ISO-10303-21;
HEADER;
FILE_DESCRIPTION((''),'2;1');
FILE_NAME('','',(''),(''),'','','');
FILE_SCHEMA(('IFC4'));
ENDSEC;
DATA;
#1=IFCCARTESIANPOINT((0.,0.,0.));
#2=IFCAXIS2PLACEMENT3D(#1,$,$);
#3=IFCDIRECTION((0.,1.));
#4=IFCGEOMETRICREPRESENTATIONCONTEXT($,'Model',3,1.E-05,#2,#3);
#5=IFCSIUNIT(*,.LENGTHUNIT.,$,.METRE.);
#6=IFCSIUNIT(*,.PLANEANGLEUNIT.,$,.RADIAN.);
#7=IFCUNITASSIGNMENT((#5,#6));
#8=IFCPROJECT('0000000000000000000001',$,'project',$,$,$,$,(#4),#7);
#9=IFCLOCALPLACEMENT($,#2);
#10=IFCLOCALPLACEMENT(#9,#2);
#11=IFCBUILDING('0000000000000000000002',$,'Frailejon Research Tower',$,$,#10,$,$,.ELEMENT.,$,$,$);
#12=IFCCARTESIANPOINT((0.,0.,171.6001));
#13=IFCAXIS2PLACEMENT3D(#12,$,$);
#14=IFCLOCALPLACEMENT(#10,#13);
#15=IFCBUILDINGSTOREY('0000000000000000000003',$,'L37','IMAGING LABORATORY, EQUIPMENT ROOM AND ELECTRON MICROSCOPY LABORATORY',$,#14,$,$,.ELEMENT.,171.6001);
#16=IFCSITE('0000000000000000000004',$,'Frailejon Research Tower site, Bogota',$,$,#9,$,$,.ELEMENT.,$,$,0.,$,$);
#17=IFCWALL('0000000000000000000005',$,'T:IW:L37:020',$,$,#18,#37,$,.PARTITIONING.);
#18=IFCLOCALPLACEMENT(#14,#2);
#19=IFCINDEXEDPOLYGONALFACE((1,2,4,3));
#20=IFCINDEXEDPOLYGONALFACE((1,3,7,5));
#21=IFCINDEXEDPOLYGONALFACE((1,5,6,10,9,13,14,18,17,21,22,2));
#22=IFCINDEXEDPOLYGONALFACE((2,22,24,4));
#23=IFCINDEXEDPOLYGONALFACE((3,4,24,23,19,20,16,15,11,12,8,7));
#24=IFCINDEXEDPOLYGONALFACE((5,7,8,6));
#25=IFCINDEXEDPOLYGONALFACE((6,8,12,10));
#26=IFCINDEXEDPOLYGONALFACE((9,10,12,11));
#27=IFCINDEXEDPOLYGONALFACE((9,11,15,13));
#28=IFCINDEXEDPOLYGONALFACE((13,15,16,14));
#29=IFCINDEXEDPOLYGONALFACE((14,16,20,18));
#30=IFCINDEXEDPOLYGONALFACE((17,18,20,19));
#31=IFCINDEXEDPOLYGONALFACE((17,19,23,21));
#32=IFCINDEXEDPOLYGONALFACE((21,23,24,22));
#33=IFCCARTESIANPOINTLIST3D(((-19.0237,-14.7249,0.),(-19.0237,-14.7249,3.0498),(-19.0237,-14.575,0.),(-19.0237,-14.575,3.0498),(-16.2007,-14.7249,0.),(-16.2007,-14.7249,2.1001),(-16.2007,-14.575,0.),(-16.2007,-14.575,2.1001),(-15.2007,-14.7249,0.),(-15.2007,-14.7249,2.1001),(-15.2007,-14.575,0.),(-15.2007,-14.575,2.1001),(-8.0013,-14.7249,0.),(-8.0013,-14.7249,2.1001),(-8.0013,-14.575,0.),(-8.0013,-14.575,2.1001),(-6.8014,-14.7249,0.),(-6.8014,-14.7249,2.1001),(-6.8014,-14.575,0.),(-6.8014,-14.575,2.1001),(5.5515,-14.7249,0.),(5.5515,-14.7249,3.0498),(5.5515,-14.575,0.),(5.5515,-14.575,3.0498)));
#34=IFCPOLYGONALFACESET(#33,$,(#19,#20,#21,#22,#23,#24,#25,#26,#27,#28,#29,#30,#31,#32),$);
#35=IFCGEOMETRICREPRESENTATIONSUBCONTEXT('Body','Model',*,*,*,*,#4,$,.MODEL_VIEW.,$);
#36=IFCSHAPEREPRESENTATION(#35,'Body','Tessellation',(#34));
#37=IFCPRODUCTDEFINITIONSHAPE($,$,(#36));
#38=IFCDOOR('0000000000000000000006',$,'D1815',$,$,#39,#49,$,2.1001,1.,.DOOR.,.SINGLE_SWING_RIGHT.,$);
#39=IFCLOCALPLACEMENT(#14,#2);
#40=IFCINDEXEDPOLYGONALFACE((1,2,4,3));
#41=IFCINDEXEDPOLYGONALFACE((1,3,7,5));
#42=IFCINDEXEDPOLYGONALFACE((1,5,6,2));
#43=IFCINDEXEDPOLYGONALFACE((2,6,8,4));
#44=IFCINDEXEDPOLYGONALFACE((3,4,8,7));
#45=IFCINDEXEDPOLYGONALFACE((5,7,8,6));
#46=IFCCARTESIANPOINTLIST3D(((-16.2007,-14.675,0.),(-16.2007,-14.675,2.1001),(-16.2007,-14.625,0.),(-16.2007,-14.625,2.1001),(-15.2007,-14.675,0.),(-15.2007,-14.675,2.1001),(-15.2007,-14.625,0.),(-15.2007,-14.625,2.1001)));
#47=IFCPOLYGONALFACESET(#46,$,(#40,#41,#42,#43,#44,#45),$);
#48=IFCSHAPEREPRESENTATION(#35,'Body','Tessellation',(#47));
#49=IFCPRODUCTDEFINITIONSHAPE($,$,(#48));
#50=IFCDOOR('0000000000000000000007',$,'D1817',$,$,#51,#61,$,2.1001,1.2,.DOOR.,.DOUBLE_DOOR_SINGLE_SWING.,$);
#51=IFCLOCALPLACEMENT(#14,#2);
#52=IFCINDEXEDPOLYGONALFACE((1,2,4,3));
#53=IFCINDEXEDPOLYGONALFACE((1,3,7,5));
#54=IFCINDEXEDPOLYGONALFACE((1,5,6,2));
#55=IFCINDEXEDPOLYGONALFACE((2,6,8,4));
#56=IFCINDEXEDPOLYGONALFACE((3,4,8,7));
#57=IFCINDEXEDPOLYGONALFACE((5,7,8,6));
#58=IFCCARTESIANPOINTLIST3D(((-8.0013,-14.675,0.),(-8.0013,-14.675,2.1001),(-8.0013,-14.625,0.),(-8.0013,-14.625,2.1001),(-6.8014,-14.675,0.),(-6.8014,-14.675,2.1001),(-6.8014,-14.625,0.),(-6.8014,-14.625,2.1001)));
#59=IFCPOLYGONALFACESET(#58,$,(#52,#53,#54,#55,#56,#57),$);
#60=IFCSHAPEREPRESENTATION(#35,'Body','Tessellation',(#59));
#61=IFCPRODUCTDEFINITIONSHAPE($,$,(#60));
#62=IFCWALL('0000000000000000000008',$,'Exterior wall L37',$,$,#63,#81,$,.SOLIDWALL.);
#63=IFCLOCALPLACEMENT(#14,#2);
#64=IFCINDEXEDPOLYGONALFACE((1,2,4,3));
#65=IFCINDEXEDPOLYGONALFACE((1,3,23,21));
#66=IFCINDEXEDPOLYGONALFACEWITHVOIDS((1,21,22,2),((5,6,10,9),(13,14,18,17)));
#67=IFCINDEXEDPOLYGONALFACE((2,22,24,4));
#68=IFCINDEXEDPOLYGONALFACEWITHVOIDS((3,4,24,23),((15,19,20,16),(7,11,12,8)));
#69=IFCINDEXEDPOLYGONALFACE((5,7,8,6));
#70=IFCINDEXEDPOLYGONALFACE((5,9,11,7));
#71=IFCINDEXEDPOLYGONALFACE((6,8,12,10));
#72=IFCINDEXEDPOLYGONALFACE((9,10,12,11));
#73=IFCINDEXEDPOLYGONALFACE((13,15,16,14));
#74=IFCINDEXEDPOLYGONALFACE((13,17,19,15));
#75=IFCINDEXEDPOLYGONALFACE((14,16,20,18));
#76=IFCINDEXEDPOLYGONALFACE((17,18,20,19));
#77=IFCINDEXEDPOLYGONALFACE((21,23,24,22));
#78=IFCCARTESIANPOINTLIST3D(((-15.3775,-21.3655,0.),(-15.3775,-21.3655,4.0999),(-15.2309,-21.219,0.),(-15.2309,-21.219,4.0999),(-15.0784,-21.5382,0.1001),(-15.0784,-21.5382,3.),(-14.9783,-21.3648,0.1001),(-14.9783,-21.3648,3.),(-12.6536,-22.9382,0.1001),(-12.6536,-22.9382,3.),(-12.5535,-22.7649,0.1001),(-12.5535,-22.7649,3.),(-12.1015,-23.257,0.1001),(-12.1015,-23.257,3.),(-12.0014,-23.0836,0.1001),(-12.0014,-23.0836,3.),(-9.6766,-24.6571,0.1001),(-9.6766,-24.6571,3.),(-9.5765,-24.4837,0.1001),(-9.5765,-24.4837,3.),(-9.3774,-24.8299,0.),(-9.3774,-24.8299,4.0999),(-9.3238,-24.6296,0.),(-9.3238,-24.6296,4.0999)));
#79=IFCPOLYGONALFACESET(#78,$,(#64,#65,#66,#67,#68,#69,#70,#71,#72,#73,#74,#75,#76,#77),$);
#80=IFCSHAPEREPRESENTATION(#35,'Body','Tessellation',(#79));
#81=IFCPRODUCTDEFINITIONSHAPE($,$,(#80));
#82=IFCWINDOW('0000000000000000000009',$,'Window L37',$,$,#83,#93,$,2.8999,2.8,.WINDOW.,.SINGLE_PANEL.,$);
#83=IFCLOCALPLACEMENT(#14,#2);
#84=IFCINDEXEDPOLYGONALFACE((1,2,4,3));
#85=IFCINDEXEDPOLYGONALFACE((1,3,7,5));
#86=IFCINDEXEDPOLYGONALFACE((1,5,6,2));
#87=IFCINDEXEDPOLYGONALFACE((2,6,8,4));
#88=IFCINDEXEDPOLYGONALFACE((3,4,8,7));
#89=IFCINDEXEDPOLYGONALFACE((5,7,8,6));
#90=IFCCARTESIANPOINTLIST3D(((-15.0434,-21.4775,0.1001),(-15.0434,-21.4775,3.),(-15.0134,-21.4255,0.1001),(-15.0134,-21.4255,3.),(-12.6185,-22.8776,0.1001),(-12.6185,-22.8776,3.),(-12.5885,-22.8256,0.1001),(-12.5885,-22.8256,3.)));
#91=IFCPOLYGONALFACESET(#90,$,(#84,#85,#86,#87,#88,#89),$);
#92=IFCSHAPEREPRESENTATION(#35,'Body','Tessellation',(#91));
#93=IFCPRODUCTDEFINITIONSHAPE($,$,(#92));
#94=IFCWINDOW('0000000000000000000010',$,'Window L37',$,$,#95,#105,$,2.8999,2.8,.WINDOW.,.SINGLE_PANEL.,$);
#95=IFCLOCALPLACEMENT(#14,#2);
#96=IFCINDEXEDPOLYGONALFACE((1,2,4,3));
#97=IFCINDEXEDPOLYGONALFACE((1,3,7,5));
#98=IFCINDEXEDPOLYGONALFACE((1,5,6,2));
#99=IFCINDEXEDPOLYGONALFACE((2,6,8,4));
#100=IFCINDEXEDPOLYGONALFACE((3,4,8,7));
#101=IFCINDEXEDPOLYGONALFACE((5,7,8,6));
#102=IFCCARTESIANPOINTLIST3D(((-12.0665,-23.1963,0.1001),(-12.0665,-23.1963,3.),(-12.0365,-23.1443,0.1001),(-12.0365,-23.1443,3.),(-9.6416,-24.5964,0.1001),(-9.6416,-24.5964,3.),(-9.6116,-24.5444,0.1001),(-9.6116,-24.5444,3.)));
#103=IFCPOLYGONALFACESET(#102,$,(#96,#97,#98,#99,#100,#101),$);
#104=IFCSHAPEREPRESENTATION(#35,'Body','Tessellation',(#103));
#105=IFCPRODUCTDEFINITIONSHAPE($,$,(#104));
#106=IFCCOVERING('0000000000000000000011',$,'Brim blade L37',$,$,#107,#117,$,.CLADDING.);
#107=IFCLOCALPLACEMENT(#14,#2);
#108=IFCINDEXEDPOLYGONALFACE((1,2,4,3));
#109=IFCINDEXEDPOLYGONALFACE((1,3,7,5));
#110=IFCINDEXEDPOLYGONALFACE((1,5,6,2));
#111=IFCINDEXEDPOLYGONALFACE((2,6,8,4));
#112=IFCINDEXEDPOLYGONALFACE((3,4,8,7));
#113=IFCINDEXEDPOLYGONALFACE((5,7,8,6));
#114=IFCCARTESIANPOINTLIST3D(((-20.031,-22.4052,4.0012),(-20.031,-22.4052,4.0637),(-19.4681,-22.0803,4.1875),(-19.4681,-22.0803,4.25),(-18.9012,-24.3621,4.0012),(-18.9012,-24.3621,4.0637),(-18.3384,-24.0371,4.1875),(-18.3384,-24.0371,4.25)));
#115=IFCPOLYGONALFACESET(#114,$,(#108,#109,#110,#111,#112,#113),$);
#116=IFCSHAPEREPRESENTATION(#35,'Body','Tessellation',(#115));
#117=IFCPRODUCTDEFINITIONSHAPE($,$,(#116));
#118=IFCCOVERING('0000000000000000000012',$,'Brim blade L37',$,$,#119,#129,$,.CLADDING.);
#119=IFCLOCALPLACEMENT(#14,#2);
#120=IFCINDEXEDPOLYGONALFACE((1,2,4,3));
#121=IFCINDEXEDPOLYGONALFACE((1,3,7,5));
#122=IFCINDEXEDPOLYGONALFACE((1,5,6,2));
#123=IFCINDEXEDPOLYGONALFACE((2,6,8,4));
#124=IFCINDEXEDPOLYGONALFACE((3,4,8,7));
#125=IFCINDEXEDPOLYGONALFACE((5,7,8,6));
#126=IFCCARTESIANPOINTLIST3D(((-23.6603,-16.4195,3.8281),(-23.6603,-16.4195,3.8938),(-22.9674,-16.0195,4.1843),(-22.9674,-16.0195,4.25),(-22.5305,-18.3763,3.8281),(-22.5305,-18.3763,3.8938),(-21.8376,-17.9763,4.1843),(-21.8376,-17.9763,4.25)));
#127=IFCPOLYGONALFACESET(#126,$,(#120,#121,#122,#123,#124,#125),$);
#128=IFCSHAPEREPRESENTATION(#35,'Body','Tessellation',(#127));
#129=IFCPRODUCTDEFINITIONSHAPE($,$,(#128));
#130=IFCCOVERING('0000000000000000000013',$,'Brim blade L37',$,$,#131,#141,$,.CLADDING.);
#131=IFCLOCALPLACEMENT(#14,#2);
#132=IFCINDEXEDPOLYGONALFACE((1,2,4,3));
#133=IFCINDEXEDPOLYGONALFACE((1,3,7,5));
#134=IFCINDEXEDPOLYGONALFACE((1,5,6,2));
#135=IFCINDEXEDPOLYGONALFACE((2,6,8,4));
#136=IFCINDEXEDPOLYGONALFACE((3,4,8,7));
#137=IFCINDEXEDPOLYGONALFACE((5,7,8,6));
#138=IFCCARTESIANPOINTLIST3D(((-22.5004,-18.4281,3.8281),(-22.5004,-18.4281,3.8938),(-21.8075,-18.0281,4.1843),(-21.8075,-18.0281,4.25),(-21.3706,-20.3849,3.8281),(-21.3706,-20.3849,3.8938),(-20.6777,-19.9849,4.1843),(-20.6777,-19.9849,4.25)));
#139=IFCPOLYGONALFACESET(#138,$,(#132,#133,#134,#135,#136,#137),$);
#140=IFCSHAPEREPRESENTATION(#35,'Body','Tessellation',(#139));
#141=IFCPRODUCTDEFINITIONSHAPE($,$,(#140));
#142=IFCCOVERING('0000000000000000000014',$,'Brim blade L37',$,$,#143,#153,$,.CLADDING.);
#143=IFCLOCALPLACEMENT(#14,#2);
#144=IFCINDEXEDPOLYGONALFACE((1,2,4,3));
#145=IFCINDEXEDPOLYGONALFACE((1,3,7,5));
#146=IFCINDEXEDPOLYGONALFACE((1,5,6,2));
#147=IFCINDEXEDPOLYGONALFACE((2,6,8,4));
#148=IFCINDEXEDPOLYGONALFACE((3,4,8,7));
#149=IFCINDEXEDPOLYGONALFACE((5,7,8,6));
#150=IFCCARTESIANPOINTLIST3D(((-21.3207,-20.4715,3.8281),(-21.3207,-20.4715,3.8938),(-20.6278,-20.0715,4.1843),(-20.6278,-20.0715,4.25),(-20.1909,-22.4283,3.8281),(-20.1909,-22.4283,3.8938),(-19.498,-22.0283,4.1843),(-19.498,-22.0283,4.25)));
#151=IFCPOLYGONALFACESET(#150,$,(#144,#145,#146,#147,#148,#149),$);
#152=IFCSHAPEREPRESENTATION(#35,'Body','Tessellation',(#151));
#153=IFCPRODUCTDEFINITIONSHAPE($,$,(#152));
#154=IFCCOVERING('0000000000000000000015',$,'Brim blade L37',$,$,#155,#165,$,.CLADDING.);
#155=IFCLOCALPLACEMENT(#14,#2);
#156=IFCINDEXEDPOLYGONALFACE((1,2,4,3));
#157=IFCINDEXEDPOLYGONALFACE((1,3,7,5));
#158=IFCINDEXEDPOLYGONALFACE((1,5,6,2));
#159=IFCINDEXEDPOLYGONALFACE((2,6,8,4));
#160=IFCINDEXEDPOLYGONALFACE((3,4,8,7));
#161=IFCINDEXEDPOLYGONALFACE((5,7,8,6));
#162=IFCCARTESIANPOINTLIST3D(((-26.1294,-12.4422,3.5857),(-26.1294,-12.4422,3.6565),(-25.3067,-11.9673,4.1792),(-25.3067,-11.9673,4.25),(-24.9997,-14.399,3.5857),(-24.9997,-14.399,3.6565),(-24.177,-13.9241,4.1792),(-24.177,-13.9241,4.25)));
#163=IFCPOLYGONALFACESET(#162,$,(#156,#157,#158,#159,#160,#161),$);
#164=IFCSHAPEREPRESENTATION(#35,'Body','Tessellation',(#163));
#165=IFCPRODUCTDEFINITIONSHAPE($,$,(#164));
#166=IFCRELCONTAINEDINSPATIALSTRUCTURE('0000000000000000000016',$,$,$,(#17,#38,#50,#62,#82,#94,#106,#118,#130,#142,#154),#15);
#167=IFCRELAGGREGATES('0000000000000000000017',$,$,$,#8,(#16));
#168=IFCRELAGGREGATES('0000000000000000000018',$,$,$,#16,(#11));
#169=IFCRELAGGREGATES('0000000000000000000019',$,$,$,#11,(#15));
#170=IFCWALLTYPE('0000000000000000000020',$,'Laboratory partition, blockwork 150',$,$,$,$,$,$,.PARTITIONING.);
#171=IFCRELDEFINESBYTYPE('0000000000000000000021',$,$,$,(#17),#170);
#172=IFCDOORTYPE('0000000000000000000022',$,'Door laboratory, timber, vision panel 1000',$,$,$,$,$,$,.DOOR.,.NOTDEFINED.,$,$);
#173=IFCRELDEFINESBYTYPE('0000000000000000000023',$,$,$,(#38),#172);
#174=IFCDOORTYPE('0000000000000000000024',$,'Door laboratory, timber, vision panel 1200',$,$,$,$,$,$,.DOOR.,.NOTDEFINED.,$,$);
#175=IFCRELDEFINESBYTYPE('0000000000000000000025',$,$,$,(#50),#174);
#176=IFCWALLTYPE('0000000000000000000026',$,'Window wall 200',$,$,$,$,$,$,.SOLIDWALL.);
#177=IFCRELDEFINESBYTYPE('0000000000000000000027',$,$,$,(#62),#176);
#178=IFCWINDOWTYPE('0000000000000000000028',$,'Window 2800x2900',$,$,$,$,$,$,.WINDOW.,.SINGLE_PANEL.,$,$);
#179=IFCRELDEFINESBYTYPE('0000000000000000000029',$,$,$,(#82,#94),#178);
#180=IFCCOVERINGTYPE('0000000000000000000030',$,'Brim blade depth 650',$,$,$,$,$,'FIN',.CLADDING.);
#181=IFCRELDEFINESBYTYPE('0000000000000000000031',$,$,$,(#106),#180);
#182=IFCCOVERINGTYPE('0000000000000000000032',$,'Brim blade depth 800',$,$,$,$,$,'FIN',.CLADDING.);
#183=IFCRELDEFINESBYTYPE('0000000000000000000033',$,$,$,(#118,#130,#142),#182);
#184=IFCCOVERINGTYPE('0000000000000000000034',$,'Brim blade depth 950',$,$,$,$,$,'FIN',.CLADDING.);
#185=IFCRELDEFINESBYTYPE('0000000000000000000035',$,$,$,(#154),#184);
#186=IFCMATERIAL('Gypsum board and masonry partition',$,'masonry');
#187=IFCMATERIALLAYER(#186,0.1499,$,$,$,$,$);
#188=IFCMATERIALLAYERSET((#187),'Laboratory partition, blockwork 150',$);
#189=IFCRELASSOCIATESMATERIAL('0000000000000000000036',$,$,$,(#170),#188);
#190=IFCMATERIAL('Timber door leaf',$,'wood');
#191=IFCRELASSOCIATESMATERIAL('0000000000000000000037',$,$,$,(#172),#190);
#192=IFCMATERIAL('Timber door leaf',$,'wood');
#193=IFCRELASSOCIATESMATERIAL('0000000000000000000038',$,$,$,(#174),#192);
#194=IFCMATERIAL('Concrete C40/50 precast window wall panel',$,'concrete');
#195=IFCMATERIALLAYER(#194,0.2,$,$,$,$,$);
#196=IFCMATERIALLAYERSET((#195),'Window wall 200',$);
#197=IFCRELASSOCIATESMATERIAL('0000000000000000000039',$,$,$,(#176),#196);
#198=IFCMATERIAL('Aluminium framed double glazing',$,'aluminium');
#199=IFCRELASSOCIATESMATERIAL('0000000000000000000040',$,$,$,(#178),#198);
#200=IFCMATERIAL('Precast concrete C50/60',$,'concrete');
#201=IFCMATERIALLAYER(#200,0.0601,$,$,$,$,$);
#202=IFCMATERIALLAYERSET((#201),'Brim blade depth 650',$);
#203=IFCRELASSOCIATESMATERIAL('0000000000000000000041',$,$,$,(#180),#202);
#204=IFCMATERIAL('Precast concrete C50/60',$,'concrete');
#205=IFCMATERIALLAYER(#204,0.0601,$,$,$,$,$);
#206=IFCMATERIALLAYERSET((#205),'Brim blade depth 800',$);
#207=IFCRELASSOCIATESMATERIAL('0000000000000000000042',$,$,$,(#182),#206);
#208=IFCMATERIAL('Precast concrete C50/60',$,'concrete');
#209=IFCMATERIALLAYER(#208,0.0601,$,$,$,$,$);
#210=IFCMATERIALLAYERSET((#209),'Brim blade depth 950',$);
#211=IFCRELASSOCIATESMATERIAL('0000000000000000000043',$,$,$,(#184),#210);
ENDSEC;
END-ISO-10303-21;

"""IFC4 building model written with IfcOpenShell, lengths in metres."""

from ifc_helpers import new_model, si_unit, direction, frame, frame_2d, origin, place, context, subcontext, project, spatial, polyline, rectangle, outline, extrude, material, layer, layer_set, type_object, element, fill, save


model = new_model("IFC4")

# Units and contexts
model_context = context("Model", 3, precision=1e-05, world=origin(), true_north=direction((0.0, 1.0)))
body_context = subcontext(model_context, "Body", "Model", "MODEL_VIEW")
ifc_project = project(units=[si_unit("LENGTHUNIT", "METRE"), si_unit("PLANEANGLEUNIT", "RADIAN")], contexts=[model_context])

# Site, building, storey
site_placement = place(None, origin())
site = spatial("IfcSite", under=ifc_project, at=site_placement, Name="Frailejon Research Tower site, Bogota", CompositionType="ELEMENT", RefElevation=0.0)
building_placement = place(site_placement, origin())
building = spatial("IfcBuilding", under=site, at=building_placement, Name="Frailejon Research Tower", CompositionType="ELEMENT")
storey_placement = place(building_placement, frame((0.0, 0.0, 171.6001)))
storey = spatial("IfcBuildingStorey", under=building, at=storey_placement, Name="L37", Description="IMAGING LABORATORY, EQUIPMENT ROOM AND ELECTRON MICROSCOPY LABORATORY", CompositionType="ELEMENT", Elevation=171.6001)

# Shared definitions
ifc_material_1 = material(Name="Gypsum board and masonry partition", Category="masonry")
ifc_layer_1 = layer(ifc_material_1, 0.1499)
ifc_layer_set_1 = layer_set([ifc_layer_1], Name="Laboratory partition, blockwork 150")
wall_type_1 = type_object("IfcWallType", Name="Laboratory partition, blockwork 150", PredefinedType="PARTITIONING", material=ifc_layer_set_1)

# Wall, openings, doors
wall_1_placement = place(storey_placement, frame((-19.0237, -14.6499, 0.0), z_axis=(0.0, 0.0, 1.0), x_axis=(1.0, 0.0, 0.0)))
wall_1 = element("IfcWall", 1, at=wall_1_placement, inside=storey, type_object=wall_type_1, Name="T:IW:L37:020", PredefinedType="PARTITIONING", context=body_context, shape_type="SweptSolid", body=[
    extrude(rectangle(XDim=24.5752, YDim=0.1499, at=frame_2d((12.2876, 0.0))), origin(), (0.0, 0.0, 1.0), 3.0498),
])
opening_1_placement = place(wall_1_placement, frame((2.823, 0.0, 0.0)))
opening_1 = element("IfcOpeningElement", 2, at=opening_1_placement, cuts=wall_1, PredefinedType="OPENING", context=body_context, shape_type="SweptSolid", body=[
    extrude(rectangle(XDim=1.0, YDim=2.1001, at=frame_2d((0.5, 1.05))), frame((0.0, 0.085, 0.0), z_axis=(0.0, -1.0, 0.0), x_axis=(1.0, 0.0, 0.0)), (0.0, 0.0, 1.0), 0.1699),
])
opening_2_placement = place(wall_1_placement, frame((11.0222, 0.0, 0.0)))
opening_2 = element("IfcOpeningElement", 3, at=opening_2_placement, cuts=wall_1, PredefinedType="OPENING", context=body_context, shape_type="SweptSolid", body=[
    extrude(rectangle(XDim=1.2, YDim=2.1001, at=frame_2d((0.6001, 1.05))), frame((0.0, 0.085, 0.0), z_axis=(0.0, -1.0, 0.0), x_axis=(1.0, 0.0, 0.0)), (0.0, 0.0, 1.0), 0.1699),
])
ifc_material_2 = material(Name="Timber door leaf", Category="wood")
door_type_1 = type_object("IfcDoorType", Name="Door laboratory, timber, vision panel 1000", OperationType="NOTDEFINED", PredefinedType="DOOR", material=ifc_material_2)
door_1_placement = place(opening_1_placement, origin())
door_1 = element("IfcDoor", 4, at=door_1_placement, inside=storey, type_object=door_type_1, Name="D1815", OperationType="SINGLE_SWING_RIGHT", OverallHeight=2.1001, OverallWidth=1.0, PredefinedType="DOOR", context=body_context, shape_type="SweptSolid", body=[
    extrude(rectangle(XDim=1.0, YDim=2.1001, at=frame_2d((0.5, 1.05))), frame((0.0, 0.0249, 0.0), z_axis=(0.0, -1.0, 0.0), x_axis=(1.0, 0.0, 0.0)), (0.0, 0.0, 1.0), 0.05),
])
fill(opening_1, door_1)
ifc_material_3 = material(Name="Timber door leaf", Category="wood")
door_type_2 = type_object("IfcDoorType", Name="Door laboratory, timber, vision panel 1200", OperationType="NOTDEFINED", PredefinedType="DOOR", material=ifc_material_3)
door_2_placement = place(opening_2_placement, origin())
door_2 = element("IfcDoor", 5, at=door_2_placement, inside=storey, type_object=door_type_2, Name="D1817", OperationType="DOUBLE_DOOR_SINGLE_SWING", OverallHeight=2.1001, OverallWidth=1.2, PredefinedType="DOOR", context=body_context, shape_type="SweptSolid", body=[
    extrude(rectangle(XDim=1.2, YDim=2.1001, at=frame_2d((0.6001, 1.05))), frame((0.0, 0.0249, 0.0), z_axis=(0.0, -1.0, 0.0), x_axis=(1.0, 0.0, 0.0)), (0.0, 0.0, 1.0), 0.05),
])
fill(opening_2, door_2)

# Wall, openings, windows
ifc_material_4 = material(Name="Concrete C40/50 precast window wall panel", Category="concrete")
ifc_layer_2 = layer(ifc_material_4, 0.2)
ifc_layer_set_2 = layer_set([ifc_layer_2], Name="Window wall 200")
wall_type_2 = type_object("IfcWallType", Name="Window wall 200", PredefinedType="SOLIDWALL", material=ifc_layer_set_2)
wall_2_placement = place(storey_placement, frame((-15.3042, -21.2922, 0.0), z_axis=(0.0, 0.0, 1.0), x_axis=(0.866014, -0.50002, 0.0)))
wall_2 = element("IfcWall", 6, at=wall_2_placement, inside=storey, type_object=wall_type_2, Name="Exterior wall L37", PredefinedType="SOLIDWALL", context=body_context, shape_type="SweptSolid", body=[
    extrude(outline(polyline([(-0.0269, -0.1001), (1.1279, -0.1001), (2.2827, -0.1001), (3.4375, -0.1001), (4.592, -0.1001), (5.7468, -0.1001), (6.9016, -0.1001), (6.8479, 0.1001), (5.7109, 0.1001), (4.5742, 0.1001), (3.4375, 0.1001), (2.3005, 0.1001), (1.1636, 0.1001), (0.0269, 0.1001), (-0.0269, -0.1001)])), origin(), (0.0, 0.0, 1.0), 4.0999),
])
opening_3_placement = place(wall_2_placement, frame((0.3186, 0.0, 0.1001)))
opening_3 = element("IfcOpeningElement", 7, at=opening_3_placement, cuts=wall_2, PredefinedType="OPENING", context=body_context, shape_type="SweptSolid", body=[
    extrude(rectangle(XDim=2.8, YDim=2.8999, at=frame_2d((1.3999, 1.45))), frame((0.0, 0.1099, 0.0), z_axis=(0.0, -1.0, 0.0), x_axis=(1.0, 0.0, 0.0)), (0.0, 0.0, 1.0), 0.22),
])
opening_4_placement = place(wall_2_placement, frame((3.7561, 0.0, 0.1001)))
opening_4 = element("IfcOpeningElement", 8, at=opening_4_placement, cuts=wall_2, PredefinedType="OPENING", context=body_context, shape_type="SweptSolid", body=[
    extrude(rectangle(XDim=2.8, YDim=2.8999, at=frame_2d((1.3999, 1.45))), frame((0.0, 0.1099, 0.0), z_axis=(0.0, -1.0, 0.0), x_axis=(1.0, 0.0, 0.0)), (0.0, 0.0, 1.0), 0.22),
])
ifc_material_5 = material(Name="Aluminium framed double glazing", Category="aluminium")
window_type = type_object("IfcWindowType", Name="Window 2800x2900", PartitioningType="SINGLE_PANEL", PredefinedType="WINDOW", material=ifc_material_5)
window_1_placement = place(opening_3_placement, origin())
window_1 = element("IfcWindow", 9, at=window_1_placement, inside=storey, type_object=window_type, Name="Window L37", OverallHeight=2.8999, OverallWidth=2.8, PartitioningType="SINGLE_PANEL", PredefinedType="WINDOW", context=body_context, shape_type="SweptSolid", body=[
    extrude(rectangle(XDim=2.8, YDim=2.8999, at=frame_2d((1.3999, 1.45))), frame((0.0, 0.03, 0.0), z_axis=(0.0, -1.0, 0.0), x_axis=(1.0, 0.0, 0.0)), (0.0, 0.0, 1.0), 0.0601),
])
fill(opening_3, window_1)
window_2_placement = place(opening_4_placement, origin())
window_2 = element("IfcWindow", 10, at=window_2_placement, inside=storey, type_object=window_type, Name="Window L37", OverallHeight=2.8999, OverallWidth=2.8, PartitioningType="SINGLE_PANEL", PredefinedType="WINDOW", context=body_context, shape_type="SweptSolid", body=[
    extrude(rectangle(XDim=2.8, YDim=2.8999, at=frame_2d((1.3999, 1.45))), frame((0.0, 0.03, 0.0), z_axis=(0.0, -1.0, 0.0), x_axis=(1.0, 0.0, 0.0)), (0.0, 0.0, 1.0), 0.0601),
])
fill(opening_4, window_2)

# Coverings
ifc_material_6 = material(Name="Precast concrete C50/60", Category="concrete")
ifc_layer_3 = layer(ifc_material_6, 0.0601)
ifc_layer_set_3 = layer_set([ifc_layer_3], Name="Brim blade depth 650")
covering_type_1 = type_object("IfcCoveringType", Name="Brim blade depth 650", ElementType="FIN", PredefinedType="CLADDING", material=ifc_layer_set_3)
covering_placement = place(storey_placement, frame((-18.3384, -24.0371, 4.25), z_axis=(-0.499994, 0.866029, 0.0), x_axis=(-0.866029, -0.499994, 0.0)))
element("IfcCovering", 11, at=covering_placement, inside=storey, type_object=covering_type_1, Name="Brim blade L37", PredefinedType="CLADDING", context=body_context, shape_type="SweptSolid", body=[
    extrude(outline(polyline([(0.0, -0.0625), (0.6499, -0.2488), (0.6499, -0.1863), (0.0, 0.0), (0.0, -0.0625)])), origin(), (0.0, 0.0, 1.0), 2.2595),
])
ifc_material_7 = material(Name="Precast concrete C50/60", Category="concrete")
ifc_layer_4 = layer(ifc_material_7, 0.0601)
ifc_layer_set_4 = layer_set([ifc_layer_4], Name="Brim blade depth 800")
covering_type_2 = type_object("IfcCoveringType", Name="Brim blade depth 800", ElementType="FIN", PredefinedType="CLADDING", material=ifc_layer_set_4)
for number, where, z_axis, x_axis, name in (
    (12, (-21.8376, -17.9763, 4.25), (-0.500003, 0.866024, 0.0), (-0.866024, -0.500003, 0.0), "Brim blade L37"),
    (13, (-20.6777, -19.9849, 4.25), (-0.500003, 0.866024, 0.0), (-0.866024, -0.500003, 0.0), "Brim blade L37"),
    (14, (-19.498, -22.0283, 4.25), (-0.499994, 0.866029, 0.0), (-0.866029, -0.499994, 0.0), "Brim blade L37"),
):
    element("IfcCovering", number, at=place(storey_placement, frame(where, z_axis=z_axis, x_axis=x_axis)), inside=storey, type_object=covering_type_2, Name=name, PredefinedType="CLADDING", context=body_context, shape_type="SweptSolid", body=[
        extrude(outline(polyline([(0.0, -0.0657), (0.8, -0.4219), (0.8, -0.3562), (0.0, 0.0), (0.0, -0.0657)])), origin(), (0.0, 0.0, 1.0), 2.2595),
    ])
ifc_material_8 = material(Name="Precast concrete C50/60", Category="concrete")
ifc_layer_5 = layer(ifc_material_8, 0.0601)
ifc_layer_set_5 = layer_set([ifc_layer_5], Name="Brim blade depth 950")
covering_type_3 = type_object("IfcCoveringType", Name="Brim blade depth 950", ElementType="FIN", PredefinedType="CLADDING", material=ifc_layer_set_5)
for number, where, z_axis, x_axis, name in (
    (15, (-24.177, -13.9241, 4.25), (-0.499994, 0.866029, 0.0), (-0.866029, -0.499994, 0.0), "Brim blade L37"),
):
    element("IfcCovering", number, at=place(storey_placement, frame(where, z_axis=z_axis, x_axis=x_axis)), inside=storey, type_object=covering_type_3, Name=name, PredefinedType="CLADDING", context=body_context, shape_type="SweptSolid", body=[
        extrude(outline(polyline([(0.0, -0.0708), (0.95, -0.6643), (0.95, -0.5935), (0.0, 0.0), (0.0, -0.0708)])), origin(), (0.0, 0.0, 1.0), 2.2595),
    ])

save(model, "model.ifc")
